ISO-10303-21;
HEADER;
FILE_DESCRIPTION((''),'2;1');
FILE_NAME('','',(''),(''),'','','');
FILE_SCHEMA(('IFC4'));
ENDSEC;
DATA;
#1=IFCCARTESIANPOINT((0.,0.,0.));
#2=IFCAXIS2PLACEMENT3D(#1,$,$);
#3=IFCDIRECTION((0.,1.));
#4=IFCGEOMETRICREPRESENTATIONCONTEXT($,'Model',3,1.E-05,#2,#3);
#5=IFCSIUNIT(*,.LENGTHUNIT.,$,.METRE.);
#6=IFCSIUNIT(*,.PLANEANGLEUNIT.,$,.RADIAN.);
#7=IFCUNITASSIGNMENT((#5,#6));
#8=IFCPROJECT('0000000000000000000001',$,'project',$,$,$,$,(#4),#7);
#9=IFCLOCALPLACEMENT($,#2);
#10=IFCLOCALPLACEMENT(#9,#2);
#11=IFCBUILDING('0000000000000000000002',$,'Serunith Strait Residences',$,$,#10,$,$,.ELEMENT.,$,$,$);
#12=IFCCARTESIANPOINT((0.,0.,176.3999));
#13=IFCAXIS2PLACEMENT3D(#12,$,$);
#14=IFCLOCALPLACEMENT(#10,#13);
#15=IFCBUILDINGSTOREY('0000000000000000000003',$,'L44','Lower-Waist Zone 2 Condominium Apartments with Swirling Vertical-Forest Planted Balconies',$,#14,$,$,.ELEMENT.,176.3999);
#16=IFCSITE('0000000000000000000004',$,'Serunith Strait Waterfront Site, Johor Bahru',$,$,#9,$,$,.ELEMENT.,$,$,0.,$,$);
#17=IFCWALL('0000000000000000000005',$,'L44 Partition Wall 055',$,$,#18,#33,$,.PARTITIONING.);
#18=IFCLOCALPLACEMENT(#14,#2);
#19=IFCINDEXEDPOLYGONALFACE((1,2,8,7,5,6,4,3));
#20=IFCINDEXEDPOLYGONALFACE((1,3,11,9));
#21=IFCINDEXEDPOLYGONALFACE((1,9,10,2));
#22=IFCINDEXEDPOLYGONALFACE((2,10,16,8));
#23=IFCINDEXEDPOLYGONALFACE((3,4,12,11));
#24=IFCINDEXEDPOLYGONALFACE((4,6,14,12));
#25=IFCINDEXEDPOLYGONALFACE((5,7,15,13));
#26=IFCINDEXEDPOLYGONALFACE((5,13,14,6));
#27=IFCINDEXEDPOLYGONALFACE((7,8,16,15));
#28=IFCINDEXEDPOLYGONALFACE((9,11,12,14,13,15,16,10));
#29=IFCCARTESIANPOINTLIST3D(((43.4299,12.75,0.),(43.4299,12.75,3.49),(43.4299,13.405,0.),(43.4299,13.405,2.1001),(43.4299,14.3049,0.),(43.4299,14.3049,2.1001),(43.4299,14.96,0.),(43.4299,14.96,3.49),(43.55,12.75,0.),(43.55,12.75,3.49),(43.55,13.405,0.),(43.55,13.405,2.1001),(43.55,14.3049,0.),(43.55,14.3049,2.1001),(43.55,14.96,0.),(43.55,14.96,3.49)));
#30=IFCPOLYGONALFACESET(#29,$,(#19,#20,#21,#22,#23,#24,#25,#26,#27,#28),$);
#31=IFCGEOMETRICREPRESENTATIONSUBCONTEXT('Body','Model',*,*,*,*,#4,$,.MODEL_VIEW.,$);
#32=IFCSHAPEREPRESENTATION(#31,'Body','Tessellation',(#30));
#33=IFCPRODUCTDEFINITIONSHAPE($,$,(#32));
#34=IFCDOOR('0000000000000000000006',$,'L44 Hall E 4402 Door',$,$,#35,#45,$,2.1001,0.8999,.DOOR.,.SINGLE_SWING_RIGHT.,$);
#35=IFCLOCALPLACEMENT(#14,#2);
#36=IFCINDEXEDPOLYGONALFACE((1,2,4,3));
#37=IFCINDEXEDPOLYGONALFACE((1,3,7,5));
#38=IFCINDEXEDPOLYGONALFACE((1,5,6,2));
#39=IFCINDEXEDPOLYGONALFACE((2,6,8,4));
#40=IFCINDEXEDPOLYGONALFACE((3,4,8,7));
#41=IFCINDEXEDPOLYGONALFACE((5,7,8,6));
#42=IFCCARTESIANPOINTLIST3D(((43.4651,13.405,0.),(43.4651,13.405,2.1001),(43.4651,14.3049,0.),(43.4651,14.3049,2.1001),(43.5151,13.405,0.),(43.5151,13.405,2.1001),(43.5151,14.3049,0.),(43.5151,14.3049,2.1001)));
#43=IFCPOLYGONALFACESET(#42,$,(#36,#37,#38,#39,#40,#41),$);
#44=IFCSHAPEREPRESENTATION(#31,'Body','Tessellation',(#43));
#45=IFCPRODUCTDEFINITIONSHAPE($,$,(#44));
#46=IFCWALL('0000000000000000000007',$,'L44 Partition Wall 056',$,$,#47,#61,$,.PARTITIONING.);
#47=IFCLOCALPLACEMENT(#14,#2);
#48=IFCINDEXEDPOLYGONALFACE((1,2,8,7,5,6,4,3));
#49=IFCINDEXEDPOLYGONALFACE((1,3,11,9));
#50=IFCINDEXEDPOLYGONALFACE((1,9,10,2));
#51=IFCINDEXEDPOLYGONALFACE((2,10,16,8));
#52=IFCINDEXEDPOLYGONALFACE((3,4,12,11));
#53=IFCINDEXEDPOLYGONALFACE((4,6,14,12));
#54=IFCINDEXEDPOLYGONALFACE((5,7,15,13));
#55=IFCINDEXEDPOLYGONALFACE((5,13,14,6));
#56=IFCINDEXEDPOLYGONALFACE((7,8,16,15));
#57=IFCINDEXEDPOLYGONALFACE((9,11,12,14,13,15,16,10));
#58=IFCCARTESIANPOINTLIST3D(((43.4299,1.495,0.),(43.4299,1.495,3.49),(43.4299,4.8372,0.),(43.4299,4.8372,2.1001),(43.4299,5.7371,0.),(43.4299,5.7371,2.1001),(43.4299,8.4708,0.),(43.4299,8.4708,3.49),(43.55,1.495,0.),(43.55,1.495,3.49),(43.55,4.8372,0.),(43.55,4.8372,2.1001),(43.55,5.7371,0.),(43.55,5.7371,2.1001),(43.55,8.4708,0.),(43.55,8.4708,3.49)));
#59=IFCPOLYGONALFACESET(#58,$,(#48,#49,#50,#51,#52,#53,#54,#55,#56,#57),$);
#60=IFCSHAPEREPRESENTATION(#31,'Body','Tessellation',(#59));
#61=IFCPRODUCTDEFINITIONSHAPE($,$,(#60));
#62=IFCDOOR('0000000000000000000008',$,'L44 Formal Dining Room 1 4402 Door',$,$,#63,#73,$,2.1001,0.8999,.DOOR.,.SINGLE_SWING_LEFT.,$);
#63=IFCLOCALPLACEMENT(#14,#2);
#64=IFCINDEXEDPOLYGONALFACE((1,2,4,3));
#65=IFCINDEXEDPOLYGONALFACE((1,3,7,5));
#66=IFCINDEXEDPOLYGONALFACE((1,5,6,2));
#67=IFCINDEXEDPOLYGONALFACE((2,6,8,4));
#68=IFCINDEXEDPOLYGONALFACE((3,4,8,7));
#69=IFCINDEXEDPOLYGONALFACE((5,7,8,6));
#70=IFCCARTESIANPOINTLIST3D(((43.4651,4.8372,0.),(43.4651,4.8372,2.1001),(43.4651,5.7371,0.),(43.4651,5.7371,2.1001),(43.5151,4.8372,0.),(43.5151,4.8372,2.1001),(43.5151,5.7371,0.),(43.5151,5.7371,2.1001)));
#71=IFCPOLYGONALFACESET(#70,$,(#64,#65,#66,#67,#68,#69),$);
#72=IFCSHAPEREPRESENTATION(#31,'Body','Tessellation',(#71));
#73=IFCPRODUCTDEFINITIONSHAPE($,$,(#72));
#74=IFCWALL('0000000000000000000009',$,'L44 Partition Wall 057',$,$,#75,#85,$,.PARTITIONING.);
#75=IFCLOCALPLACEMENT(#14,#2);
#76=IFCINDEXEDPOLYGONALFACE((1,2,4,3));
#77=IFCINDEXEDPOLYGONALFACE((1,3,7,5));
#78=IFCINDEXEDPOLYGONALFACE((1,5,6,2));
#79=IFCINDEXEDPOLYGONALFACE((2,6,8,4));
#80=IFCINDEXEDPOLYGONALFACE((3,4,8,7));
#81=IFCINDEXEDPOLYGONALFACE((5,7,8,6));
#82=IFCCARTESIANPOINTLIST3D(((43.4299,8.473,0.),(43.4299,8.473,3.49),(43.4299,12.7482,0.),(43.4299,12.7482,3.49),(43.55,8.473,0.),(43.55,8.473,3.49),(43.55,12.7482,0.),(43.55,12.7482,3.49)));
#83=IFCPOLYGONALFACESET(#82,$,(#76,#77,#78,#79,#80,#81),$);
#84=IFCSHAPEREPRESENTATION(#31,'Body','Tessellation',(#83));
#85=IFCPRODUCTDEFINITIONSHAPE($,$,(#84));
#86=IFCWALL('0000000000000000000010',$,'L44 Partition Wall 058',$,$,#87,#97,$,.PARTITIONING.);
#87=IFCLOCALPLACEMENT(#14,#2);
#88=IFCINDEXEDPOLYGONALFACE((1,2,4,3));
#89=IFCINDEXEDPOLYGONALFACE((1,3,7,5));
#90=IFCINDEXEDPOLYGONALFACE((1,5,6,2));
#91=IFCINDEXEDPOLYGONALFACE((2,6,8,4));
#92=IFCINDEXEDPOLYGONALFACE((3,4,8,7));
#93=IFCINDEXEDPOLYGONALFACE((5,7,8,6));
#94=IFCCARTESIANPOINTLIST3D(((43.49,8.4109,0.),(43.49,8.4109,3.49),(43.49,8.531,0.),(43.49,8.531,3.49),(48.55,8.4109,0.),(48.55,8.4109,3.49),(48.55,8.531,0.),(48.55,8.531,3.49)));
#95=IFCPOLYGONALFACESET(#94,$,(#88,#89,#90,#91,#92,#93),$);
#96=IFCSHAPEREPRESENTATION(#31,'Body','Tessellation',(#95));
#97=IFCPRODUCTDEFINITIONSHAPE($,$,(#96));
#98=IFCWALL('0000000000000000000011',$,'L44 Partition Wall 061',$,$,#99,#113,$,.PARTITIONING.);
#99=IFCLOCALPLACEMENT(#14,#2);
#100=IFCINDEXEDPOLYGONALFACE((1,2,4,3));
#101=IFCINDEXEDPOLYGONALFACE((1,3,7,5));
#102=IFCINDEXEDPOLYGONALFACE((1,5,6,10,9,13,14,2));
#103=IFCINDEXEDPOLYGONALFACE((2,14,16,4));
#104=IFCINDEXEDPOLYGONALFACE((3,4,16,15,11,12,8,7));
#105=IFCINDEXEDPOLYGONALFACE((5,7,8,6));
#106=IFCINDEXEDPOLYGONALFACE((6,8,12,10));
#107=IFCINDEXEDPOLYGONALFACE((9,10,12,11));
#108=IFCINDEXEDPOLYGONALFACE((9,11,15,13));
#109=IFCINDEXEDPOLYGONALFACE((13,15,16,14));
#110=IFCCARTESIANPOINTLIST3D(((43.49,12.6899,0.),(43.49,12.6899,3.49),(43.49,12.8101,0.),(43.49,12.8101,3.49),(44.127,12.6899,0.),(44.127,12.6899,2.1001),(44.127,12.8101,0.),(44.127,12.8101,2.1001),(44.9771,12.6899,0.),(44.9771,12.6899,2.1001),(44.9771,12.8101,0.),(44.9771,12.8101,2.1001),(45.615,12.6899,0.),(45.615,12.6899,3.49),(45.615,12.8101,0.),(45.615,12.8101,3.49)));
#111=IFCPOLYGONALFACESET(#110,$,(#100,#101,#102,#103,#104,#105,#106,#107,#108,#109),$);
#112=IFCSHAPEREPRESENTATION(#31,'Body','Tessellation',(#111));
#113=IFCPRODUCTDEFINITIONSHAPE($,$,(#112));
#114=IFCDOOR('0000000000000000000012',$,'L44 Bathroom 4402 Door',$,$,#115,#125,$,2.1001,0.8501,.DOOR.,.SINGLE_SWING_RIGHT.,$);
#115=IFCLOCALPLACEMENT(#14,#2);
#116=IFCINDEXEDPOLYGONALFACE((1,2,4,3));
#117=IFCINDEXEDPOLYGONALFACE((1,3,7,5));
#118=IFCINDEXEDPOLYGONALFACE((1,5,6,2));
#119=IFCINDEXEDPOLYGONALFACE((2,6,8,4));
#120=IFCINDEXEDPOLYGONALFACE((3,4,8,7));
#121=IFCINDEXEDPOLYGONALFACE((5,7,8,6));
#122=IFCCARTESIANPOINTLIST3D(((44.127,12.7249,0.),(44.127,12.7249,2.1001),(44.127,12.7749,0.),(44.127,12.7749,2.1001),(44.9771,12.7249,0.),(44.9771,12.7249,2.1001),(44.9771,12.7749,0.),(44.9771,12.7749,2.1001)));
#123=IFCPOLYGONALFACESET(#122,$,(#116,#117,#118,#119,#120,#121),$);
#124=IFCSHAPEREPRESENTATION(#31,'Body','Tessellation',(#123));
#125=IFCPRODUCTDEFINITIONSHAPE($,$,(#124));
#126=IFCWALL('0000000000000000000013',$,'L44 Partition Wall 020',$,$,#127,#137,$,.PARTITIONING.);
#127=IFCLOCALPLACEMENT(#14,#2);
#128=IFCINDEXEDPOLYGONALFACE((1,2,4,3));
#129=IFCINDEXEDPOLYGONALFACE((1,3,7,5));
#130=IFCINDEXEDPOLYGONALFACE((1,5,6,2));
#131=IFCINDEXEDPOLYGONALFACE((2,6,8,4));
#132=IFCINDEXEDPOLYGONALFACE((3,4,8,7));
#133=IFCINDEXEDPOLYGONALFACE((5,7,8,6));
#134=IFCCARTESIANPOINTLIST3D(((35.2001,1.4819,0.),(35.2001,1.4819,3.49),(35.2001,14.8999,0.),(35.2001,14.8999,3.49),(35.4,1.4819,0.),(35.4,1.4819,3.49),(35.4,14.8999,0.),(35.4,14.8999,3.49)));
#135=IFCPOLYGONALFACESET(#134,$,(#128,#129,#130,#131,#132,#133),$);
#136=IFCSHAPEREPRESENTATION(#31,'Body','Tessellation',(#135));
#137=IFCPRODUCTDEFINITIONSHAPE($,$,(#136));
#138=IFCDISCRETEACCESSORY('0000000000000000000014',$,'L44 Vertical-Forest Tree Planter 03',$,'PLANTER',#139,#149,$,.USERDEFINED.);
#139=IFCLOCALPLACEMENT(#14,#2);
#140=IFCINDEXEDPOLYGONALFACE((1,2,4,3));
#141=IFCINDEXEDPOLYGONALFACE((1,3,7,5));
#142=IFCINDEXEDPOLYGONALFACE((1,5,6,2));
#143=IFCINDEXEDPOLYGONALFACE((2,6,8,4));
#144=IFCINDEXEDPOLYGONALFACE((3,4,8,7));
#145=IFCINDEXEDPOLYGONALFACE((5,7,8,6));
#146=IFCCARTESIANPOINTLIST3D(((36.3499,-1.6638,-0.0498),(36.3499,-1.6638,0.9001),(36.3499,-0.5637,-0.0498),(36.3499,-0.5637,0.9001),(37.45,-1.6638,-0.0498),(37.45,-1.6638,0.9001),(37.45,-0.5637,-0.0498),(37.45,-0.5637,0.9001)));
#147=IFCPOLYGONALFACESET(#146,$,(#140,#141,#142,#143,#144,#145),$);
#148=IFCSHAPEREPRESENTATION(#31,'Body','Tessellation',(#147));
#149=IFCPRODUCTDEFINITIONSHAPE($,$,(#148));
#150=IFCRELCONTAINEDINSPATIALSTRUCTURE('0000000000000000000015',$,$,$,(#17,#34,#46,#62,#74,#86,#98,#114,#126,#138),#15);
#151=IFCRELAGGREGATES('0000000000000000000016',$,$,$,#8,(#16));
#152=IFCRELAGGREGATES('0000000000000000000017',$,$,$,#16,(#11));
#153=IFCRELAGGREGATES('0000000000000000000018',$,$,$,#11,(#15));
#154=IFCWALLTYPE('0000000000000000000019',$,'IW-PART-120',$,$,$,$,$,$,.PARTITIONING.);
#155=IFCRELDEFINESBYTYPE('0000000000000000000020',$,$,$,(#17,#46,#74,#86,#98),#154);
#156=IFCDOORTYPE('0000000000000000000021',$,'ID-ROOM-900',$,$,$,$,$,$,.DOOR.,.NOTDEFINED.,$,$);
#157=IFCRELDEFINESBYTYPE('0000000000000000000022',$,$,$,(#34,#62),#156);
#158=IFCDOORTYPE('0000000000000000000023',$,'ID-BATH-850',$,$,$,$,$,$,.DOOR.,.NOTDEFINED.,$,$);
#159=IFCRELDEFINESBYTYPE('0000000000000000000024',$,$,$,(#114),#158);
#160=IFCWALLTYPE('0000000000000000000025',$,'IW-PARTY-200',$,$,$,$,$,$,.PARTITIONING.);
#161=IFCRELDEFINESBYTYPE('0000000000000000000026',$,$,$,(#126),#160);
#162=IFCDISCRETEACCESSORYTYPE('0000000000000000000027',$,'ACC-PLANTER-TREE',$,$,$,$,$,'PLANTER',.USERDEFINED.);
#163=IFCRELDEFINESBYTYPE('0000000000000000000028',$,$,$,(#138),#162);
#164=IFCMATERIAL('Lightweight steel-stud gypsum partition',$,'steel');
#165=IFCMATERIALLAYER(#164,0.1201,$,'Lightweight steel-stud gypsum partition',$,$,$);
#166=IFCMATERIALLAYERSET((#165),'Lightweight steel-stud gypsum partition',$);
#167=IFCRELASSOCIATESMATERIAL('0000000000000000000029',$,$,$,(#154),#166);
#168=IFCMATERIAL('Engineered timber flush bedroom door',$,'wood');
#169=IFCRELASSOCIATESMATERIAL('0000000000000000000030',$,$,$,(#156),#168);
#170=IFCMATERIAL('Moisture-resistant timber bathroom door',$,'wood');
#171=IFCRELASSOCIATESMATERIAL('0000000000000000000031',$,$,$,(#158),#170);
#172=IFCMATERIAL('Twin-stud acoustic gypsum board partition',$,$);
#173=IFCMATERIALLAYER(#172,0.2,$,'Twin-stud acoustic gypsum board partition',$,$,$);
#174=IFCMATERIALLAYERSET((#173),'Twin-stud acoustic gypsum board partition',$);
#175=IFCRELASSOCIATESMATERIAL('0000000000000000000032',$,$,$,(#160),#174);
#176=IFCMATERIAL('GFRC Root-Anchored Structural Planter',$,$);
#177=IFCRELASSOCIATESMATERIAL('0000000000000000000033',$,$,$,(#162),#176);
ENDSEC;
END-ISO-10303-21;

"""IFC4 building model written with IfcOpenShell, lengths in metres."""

from ifc_helpers import new_model, si_unit, direction, frame, frame_2d, origin, origin_2d, place, context, subcontext, project, spatial, rectangle, extrude, source, transform, mapped, material, layer, layer_set, type_object, element, fill, save


model = new_model("IFC4")

# Units and contexts
model_context = context("Model", 3, precision=1e-05, world=origin(), true_north=direction((0.0, 1.0)))
body_context = subcontext(model_context, "Body", "Model", "MODEL_VIEW")
ifc_project = project(units=[si_unit("LENGTHUNIT", "METRE"), si_unit("PLANEANGLEUNIT", "RADIAN")], contexts=[model_context])

# Site, building, storey
site_placement = place(None, origin())
site = spatial("IfcSite", under=ifc_project, at=site_placement, Name="Serunith Strait Waterfront Site, Johor Bahru", CompositionType="ELEMENT", RefElevation=0.0)
building_placement = place(site_placement, origin())
building = spatial("IfcBuilding", under=site, at=building_placement, Name="Serunith Strait Residences", CompositionType="ELEMENT")
storey_placement = place(building_placement, frame((0.0, 0.0, 176.3999)))
storey = spatial("IfcBuildingStorey", under=building, at=storey_placement, Name="L44", Description="Lower-Waist Zone 2 Condominium Apartments with Swirling Vertical-Forest Planted Balconies", CompositionType="ELEMENT", Elevation=176.3999)

# Shared definitions
ifc_material_1 = material(Name="Lightweight steel-stud gypsum partition", Category="steel")
ifc_layer_1 = layer(ifc_material_1, 0.1201, Name="Lightweight steel-stud gypsum partition")
ifc_layer_set_1 = layer_set([ifc_layer_1], Name="Lightweight steel-stud gypsum partition")
wall_type_1 = type_object("IfcWallType", Name="IW-PART-120", PredefinedType="PARTITIONING", material=ifc_layer_set_1)
shared_shape_1 = source(origin(), body_context, "Body", "SweptSolid", [
    extrude(rectangle(XDim=0.8501, YDim=2.1001, at=frame_2d((0.425, 1.05))), frame((0.0, 0.0249, 0.0), z_axis=(0.0, -1.0, 0.0), x_axis=(1.0, 0.0, 0.0)), (0.0, 0.0, 1.0), 0.05),
])

# Walls, openings, doors
wall_1_placement = place(storey_placement, frame((43.49, 12.75, 0.0), z_axis=(0.0, 0.0, 1.0), x_axis=(0.0, 1.0, 0.0)))
wall_1 = element("IfcWall", 1, at=wall_1_placement, inside=storey, type_object=wall_type_1, Name="L44 Partition Wall 055", PredefinedType="PARTITIONING", context=body_context, shape_type="SweptSolid", body=[
    extrude(rectangle(XDim=2.21, YDim=0.1201, at=frame_2d((1.105, 0.0))), origin(), (0.0, 0.0, 1.0), 3.49),
])
opening_1_placement = place(wall_1_placement, frame((0.655, 0.0, 0.0)))
opening_1 = element("IfcOpeningElement", 2, at=opening_1_placement, cuts=wall_1, PredefinedType="OPENING", context=body_context, shape_type="SweptSolid", body=[
    extrude(rectangle(XDim=0.8999, YDim=2.1001, at=frame_2d((0.45, 1.05))), frame((0.0, 0.0701, 0.0), z_axis=(0.0, -1.0, 0.0), x_axis=(1.0, 0.0, 0.0)), (0.0, 0.0, 1.0), 0.1401),
])
ifc_material_2 = material(Name="Engineered timber flush bedroom door", Category="wood")
door_type_1 = type_object("IfcDoorType", Name="ID-ROOM-900", OperationType="NOTDEFINED", PredefinedType="DOOR", material=ifc_material_2)
shared_shape_2 = source(origin(), body_context, "Body", "SweptSolid", [
    extrude(rectangle(XDim=0.8999, YDim=2.1001, at=frame_2d((0.45, 1.05))), frame((0.0, 0.0249, 0.0), z_axis=(0.0, -1.0, 0.0), x_axis=(1.0, 0.0, 0.0)), (0.0, 0.0, 1.0), 0.05),
])
door_1_placement = place(opening_1_placement, origin())
door_1 = element("IfcDoor", 3, at=door_1_placement, inside=storey, type_object=door_type_1, Name="L44 Hall E 4402 Door", OperationType="SINGLE_SWING_RIGHT", OverallHeight=2.1001, OverallWidth=0.8999, PredefinedType="DOOR", context=body_context, shape_type="MappedRepresentation", body=[
    mapped(shared_shape_2, transform((0.0, 0.0, 0.0), scale=1.0)),
])
fill(opening_1, door_1)
wall_2_placement = place(storey_placement, frame((43.49, 1.4951, 0.0), z_axis=(0.0, 0.0, 1.0), x_axis=(0.0, 1.0, 0.0)))
wall_2 = element("IfcWall", 4, at=wall_2_placement, inside=storey, type_object=wall_type_1, Name="L44 Partition Wall 056", PredefinedType="PARTITIONING", context=body_context, shape_type="SweptSolid", body=[
    extrude(rectangle(XDim=6.9758, YDim=0.1201, at=frame_2d((3.4878, 0.0))), origin(), (0.0, 0.0, 1.0), 3.49),
])
opening_2_placement = place(wall_2_placement, frame((3.342, 0.0, 0.0)))
opening_2 = element("IfcOpeningElement", 5, at=opening_2_placement, cuts=wall_2, PredefinedType="OPENING", context=body_context, shape_type="SweptSolid", body=[
    extrude(rectangle(XDim=0.8999, YDim=2.1001, at=frame_2d((0.45, 1.05))), frame((0.0, 0.0701, 0.0), z_axis=(0.0, -1.0, 0.0), x_axis=(1.0, 0.0, 0.0)), (0.0, 0.0, 1.0), 0.1401),
])
door_2_placement = place(opening_2_placement, origin())
door_2 = element("IfcDoor", 6, at=door_2_placement, inside=storey, type_object=door_type_1, Name="L44 Formal Dining Room 1 4402 Door", OperationType="SINGLE_SWING_LEFT", OverallHeight=2.1001, OverallWidth=0.8999, PredefinedType="DOOR", context=body_context, shape_type="MappedRepresentation", body=[
    mapped(shared_shape_2, transform((0.0, 0.0, 0.0), scale=1.0)),
])
fill(opening_2, door_2)

# Walls
wall_3_placement = place(storey_placement, frame((43.49, 8.4729, 0.0), z_axis=(0.0, 0.0, 1.0), x_axis=(0.0, 1.0, 0.0)))
element("IfcWall", 7, at=wall_3_placement, inside=storey, type_object=wall_type_1, Name="L44 Partition Wall 057", PredefinedType="PARTITIONING", context=body_context, shape_type="SweptSolid", body=[
    extrude(rectangle(XDim=4.2751, YDim=0.1201, at=frame_2d((2.1377, 0.0))), origin(), (0.0, 0.0, 1.0), 3.49),
])
wall_4_placement = place(storey_placement, frame((43.49, 8.4709, 0.0), z_axis=(0.0, 0.0, 1.0), x_axis=(1.0, 0.0, 0.0)))
element("IfcWall", 8, at=wall_4_placement, inside=storey, type_object=wall_type_1, Name="L44 Partition Wall 058", PredefinedType="PARTITIONING", context=body_context, shape_type="SweptSolid", body=[
    extrude(rectangle(XDim=5.0601, YDim=0.1201, at=frame_2d((2.53, 0.0))), origin(), (0.0, 0.0, 1.0), 3.49),
])

# Wall, opening, door
wall_5_placement = place(storey_placement, frame((43.49, 12.75, 0.0), z_axis=(0.0, 0.0, 1.0), x_axis=(1.0, 0.0, 0.0)))
wall_5 = element("IfcWall", 9, at=wall_5_placement, inside=storey, type_object=wall_type_1, Name="L44 Partition Wall 061", PredefinedType="PARTITIONING", context=body_context, shape_type="SweptSolid", body=[
    extrude(rectangle(XDim=2.125, YDim=0.1201, at=frame_2d((1.0625, 0.0))), origin(), (0.0, 0.0, 1.0), 3.49),
])
opening_3_placement = place(wall_5_placement, frame((0.637, 0.0, 0.0)))
opening_3 = element("IfcOpeningElement", 10, at=opening_3_placement, cuts=wall_5, PredefinedType="OPENING", context=body_context, shape_type="SweptSolid", body=[
    extrude(rectangle(XDim=0.8501, YDim=2.1001, at=frame_2d((0.425, 1.05))), frame((0.0, 0.0701, 0.0), z_axis=(0.0, -1.0, 0.0), x_axis=(1.0, 0.0, 0.0)), (0.0, 0.0, 1.0), 0.1401),
])
ifc_material_3 = material(Name="Moisture-resistant timber bathroom door", Category="wood")
door_type_2 = type_object("IfcDoorType", Name="ID-BATH-850", OperationType="NOTDEFINED", PredefinedType="DOOR", material=ifc_material_3)
door_3_placement = place(opening_3_placement, origin())
door_3 = element("IfcDoor", 11, at=door_3_placement, inside=storey, type_object=door_type_2, Name="L44 Bathroom 4402 Door", OperationType="SINGLE_SWING_RIGHT", OverallHeight=2.1001, OverallWidth=0.8501, PredefinedType="DOOR", context=body_context, shape_type="MappedRepresentation", body=[
    mapped(shared_shape_1, transform((0.0, 0.0, 0.0), scale=1.0)),
])
fill(opening_3, door_3)

# Wall
ifc_material_4 = material(Name="Twin-stud acoustic gypsum board partition")
ifc_layer_2 = layer(ifc_material_4, 0.2, Name="Twin-stud acoustic gypsum board partition")
ifc_layer_set_2 = layer_set([ifc_layer_2], Name="Twin-stud acoustic gypsum board partition")
wall_type_2 = type_object("IfcWallType", Name="IW-PARTY-200", PredefinedType="PARTITIONING", material=ifc_layer_set_2)
wall_6_placement = place(storey_placement, frame((35.3, 1.4819, 0.0), z_axis=(0.0, 0.0, 1.0), x_axis=(0.0, 1.0, 0.0)))
element("IfcWall", 12, at=wall_6_placement, inside=storey, type_object=wall_type_2, Name="L44 Partition Wall 020", PredefinedType="PARTITIONING", context=body_context, shape_type="SweptSolid", body=[
    extrude(rectangle(XDim=13.418, YDim=0.2, at=frame_2d((6.709, 0.0))), origin(), (0.0, 0.0, 1.0), 3.49),
])

# Discrete accessory
ifc_material_5 = material(Name="GFRC Root-Anchored Structural Planter")
discrete_accessory_type = type_object("IfcDiscreteAccessoryType", Name="ACC-PLANTER-TREE", ElementType="PLANTER", PredefinedType="USERDEFINED", material=ifc_material_5)
shared_shape_3 = source(origin(), body_context, "Body", "SweptSolid", [
    extrude(rectangle(XDim=1.1001, YDim=1.1001, at=origin_2d()), origin(), (0.0, 0.0, 1.0), 0.95),
])
discrete_accessory_placement = place(storey_placement, frame((36.8999, -1.1138, -0.0498), z_axis=(0.0, 0.0, 1.0), x_axis=(1.0, 0.0, 0.0)))
element("IfcDiscreteAccessory", 13, at=discrete_accessory_placement, inside=storey, type_object=discrete_accessory_type, Name="L44 Vertical-Forest Tree Planter 03", ObjectType="PLANTER", PredefinedType="USERDEFINED", context=body_context, shape_type="MappedRepresentation", body=[
    mapped(shared_shape_3, transform((0.0, 0.0, 0.0), scale=1.0)),
])

save(model, "model.ifc")
